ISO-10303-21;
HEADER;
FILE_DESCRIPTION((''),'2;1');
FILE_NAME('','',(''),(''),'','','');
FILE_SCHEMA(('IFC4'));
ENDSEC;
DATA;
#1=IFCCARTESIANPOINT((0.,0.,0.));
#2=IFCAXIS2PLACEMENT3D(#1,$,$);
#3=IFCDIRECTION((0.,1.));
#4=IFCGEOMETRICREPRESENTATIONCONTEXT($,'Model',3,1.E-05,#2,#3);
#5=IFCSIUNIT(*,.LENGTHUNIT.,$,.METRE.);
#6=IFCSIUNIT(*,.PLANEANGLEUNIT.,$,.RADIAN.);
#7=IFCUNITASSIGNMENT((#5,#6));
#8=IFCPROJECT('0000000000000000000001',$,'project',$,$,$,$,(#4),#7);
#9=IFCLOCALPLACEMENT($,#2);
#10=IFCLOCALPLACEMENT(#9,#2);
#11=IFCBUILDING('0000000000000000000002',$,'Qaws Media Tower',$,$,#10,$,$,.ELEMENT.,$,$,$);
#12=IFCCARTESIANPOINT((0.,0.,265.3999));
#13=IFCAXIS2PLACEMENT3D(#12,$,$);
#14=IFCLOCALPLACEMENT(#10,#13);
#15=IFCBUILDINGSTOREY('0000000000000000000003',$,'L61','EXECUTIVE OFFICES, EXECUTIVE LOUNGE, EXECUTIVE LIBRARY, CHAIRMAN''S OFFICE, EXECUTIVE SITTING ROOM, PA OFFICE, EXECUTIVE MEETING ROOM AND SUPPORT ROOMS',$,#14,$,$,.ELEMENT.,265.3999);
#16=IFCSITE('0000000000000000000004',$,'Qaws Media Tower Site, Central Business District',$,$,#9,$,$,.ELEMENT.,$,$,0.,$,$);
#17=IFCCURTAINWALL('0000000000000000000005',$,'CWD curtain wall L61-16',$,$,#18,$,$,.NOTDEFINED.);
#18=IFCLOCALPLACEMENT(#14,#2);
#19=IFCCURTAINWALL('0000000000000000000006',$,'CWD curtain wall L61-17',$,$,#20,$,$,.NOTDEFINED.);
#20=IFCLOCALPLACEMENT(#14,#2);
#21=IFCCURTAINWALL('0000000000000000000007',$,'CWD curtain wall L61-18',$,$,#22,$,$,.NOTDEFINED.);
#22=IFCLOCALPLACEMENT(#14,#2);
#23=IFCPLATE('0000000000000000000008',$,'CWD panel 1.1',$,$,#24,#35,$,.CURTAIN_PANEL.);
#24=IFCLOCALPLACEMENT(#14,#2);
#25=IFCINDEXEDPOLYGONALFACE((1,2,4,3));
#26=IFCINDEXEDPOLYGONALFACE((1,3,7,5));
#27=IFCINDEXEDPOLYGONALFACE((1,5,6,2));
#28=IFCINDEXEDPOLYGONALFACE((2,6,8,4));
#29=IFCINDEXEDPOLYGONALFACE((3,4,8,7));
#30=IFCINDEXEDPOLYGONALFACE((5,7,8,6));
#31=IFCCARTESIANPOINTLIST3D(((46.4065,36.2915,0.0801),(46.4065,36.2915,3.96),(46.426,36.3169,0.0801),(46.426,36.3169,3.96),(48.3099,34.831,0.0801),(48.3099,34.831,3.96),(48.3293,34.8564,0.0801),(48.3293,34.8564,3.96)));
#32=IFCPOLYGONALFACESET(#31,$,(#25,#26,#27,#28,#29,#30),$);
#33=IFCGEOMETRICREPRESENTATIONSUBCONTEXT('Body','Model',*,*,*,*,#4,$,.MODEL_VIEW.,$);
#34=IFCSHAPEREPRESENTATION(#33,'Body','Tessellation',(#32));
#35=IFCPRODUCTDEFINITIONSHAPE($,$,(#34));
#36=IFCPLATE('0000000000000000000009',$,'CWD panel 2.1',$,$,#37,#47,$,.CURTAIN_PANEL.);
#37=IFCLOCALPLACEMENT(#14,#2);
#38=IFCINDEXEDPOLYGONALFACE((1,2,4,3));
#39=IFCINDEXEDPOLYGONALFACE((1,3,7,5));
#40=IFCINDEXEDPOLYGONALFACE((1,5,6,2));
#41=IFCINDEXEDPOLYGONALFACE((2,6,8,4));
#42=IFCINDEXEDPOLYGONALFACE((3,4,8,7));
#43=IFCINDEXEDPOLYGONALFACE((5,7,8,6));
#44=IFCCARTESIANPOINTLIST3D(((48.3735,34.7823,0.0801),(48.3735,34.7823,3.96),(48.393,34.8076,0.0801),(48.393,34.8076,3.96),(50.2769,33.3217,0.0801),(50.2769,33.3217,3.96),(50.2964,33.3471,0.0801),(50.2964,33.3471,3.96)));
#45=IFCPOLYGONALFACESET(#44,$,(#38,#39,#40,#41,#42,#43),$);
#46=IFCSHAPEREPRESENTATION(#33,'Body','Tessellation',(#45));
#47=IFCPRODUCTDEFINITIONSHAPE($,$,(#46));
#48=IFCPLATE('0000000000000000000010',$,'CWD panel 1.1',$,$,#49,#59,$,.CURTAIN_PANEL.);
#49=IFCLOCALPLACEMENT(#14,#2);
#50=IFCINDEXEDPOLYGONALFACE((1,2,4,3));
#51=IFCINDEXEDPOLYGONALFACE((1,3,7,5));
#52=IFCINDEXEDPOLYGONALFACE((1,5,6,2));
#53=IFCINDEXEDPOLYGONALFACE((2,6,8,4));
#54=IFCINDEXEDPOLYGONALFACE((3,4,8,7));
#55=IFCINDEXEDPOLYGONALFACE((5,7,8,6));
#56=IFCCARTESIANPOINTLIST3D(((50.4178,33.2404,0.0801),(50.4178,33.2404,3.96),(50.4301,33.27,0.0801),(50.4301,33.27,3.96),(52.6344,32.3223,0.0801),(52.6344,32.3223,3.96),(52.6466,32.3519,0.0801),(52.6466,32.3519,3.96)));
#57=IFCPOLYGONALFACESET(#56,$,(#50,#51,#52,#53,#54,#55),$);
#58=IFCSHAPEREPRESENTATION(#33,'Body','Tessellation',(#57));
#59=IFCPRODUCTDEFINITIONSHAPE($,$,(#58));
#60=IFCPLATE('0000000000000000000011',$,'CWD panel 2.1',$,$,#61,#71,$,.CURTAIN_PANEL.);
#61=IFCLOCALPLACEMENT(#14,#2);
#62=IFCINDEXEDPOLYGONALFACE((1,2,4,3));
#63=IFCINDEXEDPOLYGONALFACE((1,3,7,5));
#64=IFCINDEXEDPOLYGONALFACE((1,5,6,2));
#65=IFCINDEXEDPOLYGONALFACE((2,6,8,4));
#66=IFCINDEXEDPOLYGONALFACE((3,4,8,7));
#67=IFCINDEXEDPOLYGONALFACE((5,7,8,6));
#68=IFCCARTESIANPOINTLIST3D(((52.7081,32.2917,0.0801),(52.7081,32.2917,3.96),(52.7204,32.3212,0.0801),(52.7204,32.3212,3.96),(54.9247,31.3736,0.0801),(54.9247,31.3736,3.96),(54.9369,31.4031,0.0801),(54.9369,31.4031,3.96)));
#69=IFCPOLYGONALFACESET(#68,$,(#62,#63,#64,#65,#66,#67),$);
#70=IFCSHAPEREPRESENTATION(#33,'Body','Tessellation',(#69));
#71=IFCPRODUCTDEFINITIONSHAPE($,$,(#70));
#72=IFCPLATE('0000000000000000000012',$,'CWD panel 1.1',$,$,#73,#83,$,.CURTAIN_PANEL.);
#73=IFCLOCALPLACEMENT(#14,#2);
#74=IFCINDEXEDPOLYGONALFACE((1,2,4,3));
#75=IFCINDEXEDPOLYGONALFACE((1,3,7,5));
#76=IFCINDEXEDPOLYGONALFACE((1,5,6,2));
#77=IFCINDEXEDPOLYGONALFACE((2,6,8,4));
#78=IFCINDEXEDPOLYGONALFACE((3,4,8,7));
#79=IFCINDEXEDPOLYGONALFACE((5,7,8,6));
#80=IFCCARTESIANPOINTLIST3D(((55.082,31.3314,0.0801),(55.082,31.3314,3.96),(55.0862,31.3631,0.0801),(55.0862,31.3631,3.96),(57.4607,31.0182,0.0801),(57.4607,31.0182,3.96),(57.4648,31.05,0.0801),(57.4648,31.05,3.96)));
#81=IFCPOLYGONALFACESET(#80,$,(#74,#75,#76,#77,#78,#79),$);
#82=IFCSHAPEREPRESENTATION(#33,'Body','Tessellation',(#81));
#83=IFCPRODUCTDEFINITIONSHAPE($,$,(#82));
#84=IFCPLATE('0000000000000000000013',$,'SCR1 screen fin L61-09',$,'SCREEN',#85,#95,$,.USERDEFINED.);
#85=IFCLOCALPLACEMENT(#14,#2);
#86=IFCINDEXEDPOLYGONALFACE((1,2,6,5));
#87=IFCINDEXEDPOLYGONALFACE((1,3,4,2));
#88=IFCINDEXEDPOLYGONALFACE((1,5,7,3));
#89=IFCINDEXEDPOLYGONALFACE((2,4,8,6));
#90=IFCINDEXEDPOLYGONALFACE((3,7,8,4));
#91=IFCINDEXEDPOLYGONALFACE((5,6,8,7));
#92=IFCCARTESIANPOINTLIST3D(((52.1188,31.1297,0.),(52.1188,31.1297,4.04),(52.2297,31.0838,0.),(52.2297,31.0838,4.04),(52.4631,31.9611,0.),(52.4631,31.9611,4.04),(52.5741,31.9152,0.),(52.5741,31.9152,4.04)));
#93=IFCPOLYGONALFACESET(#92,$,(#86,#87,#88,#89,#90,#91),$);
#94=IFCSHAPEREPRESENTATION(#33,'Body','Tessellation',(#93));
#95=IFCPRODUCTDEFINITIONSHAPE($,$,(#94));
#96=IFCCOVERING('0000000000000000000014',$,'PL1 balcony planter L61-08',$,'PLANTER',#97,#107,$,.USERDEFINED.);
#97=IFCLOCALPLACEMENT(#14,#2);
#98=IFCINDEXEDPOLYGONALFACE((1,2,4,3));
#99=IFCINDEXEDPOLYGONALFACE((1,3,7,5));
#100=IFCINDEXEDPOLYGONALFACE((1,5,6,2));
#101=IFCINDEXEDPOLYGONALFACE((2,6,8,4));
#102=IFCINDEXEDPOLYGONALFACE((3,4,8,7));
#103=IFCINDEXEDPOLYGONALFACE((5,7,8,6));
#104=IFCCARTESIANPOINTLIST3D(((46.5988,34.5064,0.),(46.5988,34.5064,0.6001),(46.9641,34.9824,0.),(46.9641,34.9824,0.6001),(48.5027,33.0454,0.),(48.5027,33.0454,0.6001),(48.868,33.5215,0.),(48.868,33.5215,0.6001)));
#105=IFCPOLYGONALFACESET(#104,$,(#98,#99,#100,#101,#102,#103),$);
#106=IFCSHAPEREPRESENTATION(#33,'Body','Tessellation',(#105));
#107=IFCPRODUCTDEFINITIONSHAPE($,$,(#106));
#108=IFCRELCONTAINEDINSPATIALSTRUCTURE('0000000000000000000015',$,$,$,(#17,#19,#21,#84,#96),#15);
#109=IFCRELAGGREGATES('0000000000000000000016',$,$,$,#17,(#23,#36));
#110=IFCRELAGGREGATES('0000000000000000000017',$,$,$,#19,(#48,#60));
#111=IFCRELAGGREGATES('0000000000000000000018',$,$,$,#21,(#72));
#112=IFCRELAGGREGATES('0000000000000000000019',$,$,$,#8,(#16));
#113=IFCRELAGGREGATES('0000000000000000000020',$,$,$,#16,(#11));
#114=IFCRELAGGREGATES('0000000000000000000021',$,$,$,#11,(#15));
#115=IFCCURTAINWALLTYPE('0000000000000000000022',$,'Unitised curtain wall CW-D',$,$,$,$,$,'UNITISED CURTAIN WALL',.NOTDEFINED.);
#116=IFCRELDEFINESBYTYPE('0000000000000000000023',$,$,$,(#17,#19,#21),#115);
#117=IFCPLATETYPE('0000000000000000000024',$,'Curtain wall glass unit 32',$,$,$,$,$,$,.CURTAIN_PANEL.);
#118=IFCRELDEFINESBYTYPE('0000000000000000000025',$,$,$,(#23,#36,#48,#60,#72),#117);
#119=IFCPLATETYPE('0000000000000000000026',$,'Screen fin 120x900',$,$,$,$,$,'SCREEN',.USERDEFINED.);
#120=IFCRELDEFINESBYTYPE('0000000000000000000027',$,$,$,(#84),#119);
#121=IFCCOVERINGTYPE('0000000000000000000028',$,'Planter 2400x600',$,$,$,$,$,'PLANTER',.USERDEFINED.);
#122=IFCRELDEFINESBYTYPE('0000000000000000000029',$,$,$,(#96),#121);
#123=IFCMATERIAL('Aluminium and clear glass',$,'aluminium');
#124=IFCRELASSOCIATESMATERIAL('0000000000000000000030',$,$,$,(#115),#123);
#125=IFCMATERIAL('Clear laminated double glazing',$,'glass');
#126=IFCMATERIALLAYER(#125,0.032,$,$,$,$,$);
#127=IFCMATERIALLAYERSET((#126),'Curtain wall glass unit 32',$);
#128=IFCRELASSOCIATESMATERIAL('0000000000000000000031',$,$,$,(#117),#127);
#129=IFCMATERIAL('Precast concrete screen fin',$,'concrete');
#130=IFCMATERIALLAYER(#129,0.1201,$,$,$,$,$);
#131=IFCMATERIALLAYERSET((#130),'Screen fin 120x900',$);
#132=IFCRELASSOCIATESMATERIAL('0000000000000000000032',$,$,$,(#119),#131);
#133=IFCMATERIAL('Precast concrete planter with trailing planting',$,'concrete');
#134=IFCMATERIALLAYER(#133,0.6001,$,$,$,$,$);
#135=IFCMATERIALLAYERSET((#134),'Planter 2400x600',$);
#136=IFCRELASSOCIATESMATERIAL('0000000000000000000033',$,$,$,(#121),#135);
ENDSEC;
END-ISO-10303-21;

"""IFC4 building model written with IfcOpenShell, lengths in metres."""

from ifc_helpers import new_model, si_unit, direction, frame, origin, origin_2d, place, context, subcontext, project, spatial, rectangle, extrude, material, layer, layer_set, type_object, element, aggregate, save


model = new_model("IFC4")

# Units and contexts
model_context = context("Model", 3, precision=1e-05, world=origin(), true_north=direction((0.0, 1.0)))
body_context = subcontext(model_context, "Body", "Model", "MODEL_VIEW")
ifc_project = project(units=[si_unit("LENGTHUNIT", "METRE"), si_unit("PLANEANGLEUNIT", "RADIAN")], contexts=[model_context])

# Site, building, storey
site_placement = place(None, origin())
site = spatial("IfcSite", under=ifc_project, at=site_placement, Name="Qaws Media Tower Site, Central Business District", CompositionType="ELEMENT", RefElevation=0.0)
building_placement = place(site_placement, origin())
building = spatial("IfcBuilding", under=site, at=building_placement, Name="Qaws Media Tower", CompositionType="ELEMENT")
storey_placement = place(building_placement, frame((0.0, 0.0, 265.3999)))
storey = spatial("IfcBuildingStorey", under=building, at=storey_placement, Name="L61", Description="EXECUTIVE OFFICES, EXECUTIVE LOUNGE, EXECUTIVE LIBRARY, CHAIRMAN'S OFFICE, EXECUTIVE SITTING ROOM, PA OFFICE, EXECUTIVE MEETING ROOM AND SUPPORT ROOMS", CompositionType="ELEMENT", Elevation=265.3999)

# Curtain walls
ifc_material_1 = material(Name="Aluminium and clear glass", Category="aluminium")
curtain_wall_type = type_object("IfcCurtainWallType", Name="Unitised curtain wall CW-D", ElementType="UNITISED CURTAIN WALL", PredefinedType="NOTDEFINED", material=ifc_material_1)
curtain_wall_1_placement = place(storey_placement, origin())
curtain_wall_1 = element("IfcCurtainWall", 1, at=curtain_wall_1_placement, inside=storey, type_object=curtain_wall_type, Name="CWD curtain wall L61-16", PredefinedType="NOTDEFINED")
curtain_wall_2_placement = place(storey_placement, origin())
curtain_wall_2 = element("IfcCurtainWall", 2, at=curtain_wall_2_placement, inside=storey, type_object=curtain_wall_type, Name="CWD curtain wall L61-17", PredefinedType="NOTDEFINED")

# Curtain wall
curtain_wall_3_placement = place(storey_placement, origin())
curtain_wall_3 = element("IfcCurtainWall", 3, at=curtain_wall_3_placement, inside=storey, type_object=curtain_wall_type, Name="CWD curtain wall L61-18", PredefinedType="NOTDEFINED")

# Plates
ifc_material_2 = material(Name="Clear laminated double glazing", Category="glass")
ifc_layer_1 = layer(ifc_material_2, 0.032)
ifc_layer_set_1 = layer_set([ifc_layer_1], Name="Curtain wall glass unit 32")
plate_type_1 = type_object("IfcPlateType", Name="Curtain wall glass unit 32", PredefinedType="CURTAIN_PANEL", material=ifc_layer_set_1)
plate_1_placement = place(storey_placement, frame((47.3679, 35.574, 0.0801), z_axis=(0.0, 0.0, 1.0), x_axis=(0.793353, -0.608761, 0.0)))
plate_1 = element("IfcPlate", 4, at=plate_1_placement, type_object=plate_type_1, Name="CWD panel 1.1", PredefinedType="CURTAIN_PANEL", context=body_context, shape_type="SweptSolid", body=[
    extrude(rectangle(XDim=2.3992, YDim=0.032, at=origin_2d()), origin(), (0.0, 0.0, 1.0), 3.8799),
])
plate_2_placement = place(storey_placement, frame((49.335, 34.0647, 0.0801), z_axis=(0.0, 0.0, 1.0), x_axis=(0.793353, -0.608761, 0.0)))
plate_2 = element("IfcPlate", 5, at=plate_2_placement, type_object=plate_type_1, Name="CWD panel 2.1", PredefinedType="CURTAIN_PANEL", context=body_context, shape_type="SweptSolid", body=[
    extrude(rectangle(XDim=2.3992, YDim=0.032, at=origin_2d()), origin(), (0.0, 0.0, 1.0), 3.8799),
])
aggregate(curtain_wall_1, [plate_1, plate_2])
plate_3_placement = place(storey_placement, frame((51.5322, 32.7961, 0.0801), z_axis=(0.0, 0.0, 1.0), x_axis=(0.92388, -0.382683, 0.0)))
plate_3 = element("IfcPlate", 6, at=plate_3_placement, type_object=plate_type_1, Name="CWD panel 1.1", PredefinedType="CURTAIN_PANEL", context=body_context, shape_type="SweptSolid", body=[
    extrude(rectangle(XDim=2.3992, YDim=0.032, at=origin_2d()), origin(), (0.0, 0.0, 1.0), 3.8799),
])
plate_4_placement = place(storey_placement, frame((53.8225, 31.8474, 0.0801), z_axis=(0.0, 0.0, 1.0), x_axis=(0.92388, -0.382683, 0.0)))
plate_4 = element("IfcPlate", 7, at=plate_4_placement, type_object=plate_type_1, Name="CWD panel 2.1", PredefinedType="CURTAIN_PANEL", context=body_context, shape_type="SweptSolid", body=[
    extrude(rectangle(XDim=2.3992, YDim=0.032, at=origin_2d()), origin(), (0.0, 0.0, 1.0), 3.8799),
])
aggregate(curtain_wall_2, [plate_3, plate_4])
plate_5_placement = place(storey_placement, frame((56.2734, 31.1907, 0.0801), z_axis=(0.0, 0.0, 1.0), x_axis=(0.991445, -0.130526, 0.0)))
plate_5 = element("IfcPlate", 8, at=plate_5_placement, type_object=plate_type_1, Name="CWD panel 1.1", PredefinedType="CURTAIN_PANEL", context=body_context, shape_type="SweptSolid", body=[
    extrude(rectangle(XDim=2.3992, YDim=0.032, at=origin_2d()), origin(), (0.0, 0.0, 1.0), 3.8799),
])
aggregate(curtain_wall_3, [plate_5])
ifc_material_3 = material(Name="Precast concrete screen fin", Category="concrete")
ifc_layer_2 = layer(ifc_material_3, 0.1201)
ifc_layer_set_2 = layer_set([ifc_layer_2], Name="Screen fin 120x900")
plate_type_2 = type_object("IfcPlateType", Name="Screen fin 120x900", ElementType="SCREEN", PredefinedType="USERDEFINED", material=ifc_layer_set_2)
plate_6_placement = place(storey_placement, frame((52.3464, 31.5225, 0.0), z_axis=(0.0, 0.0, 1.0), x_axis=(-0.382683, -0.92388, 0.0)))
element("IfcPlate", 9, at=plate_6_placement, inside=storey, type_object=plate_type_2, Name="SCR1 screen fin L61-09", ObjectType="SCREEN", PredefinedType="USERDEFINED", context=body_context, shape_type="SweptSolid", body=[
    extrude(rectangle(XDim=0.8999, YDim=0.1201, at=origin_2d()), origin(), (0.0, 0.0, 1.0), 4.04),
])

# Covering
ifc_material_4 = material(Name="Precast concrete planter with trailing planting", Category="concrete")
ifc_layer_3 = layer(ifc_material_4, 0.6001)
ifc_layer_set_3 = layer_set([ifc_layer_3], Name="Planter 2400x600")
covering_type = type_object("IfcCoveringType", Name="Planter 2400x600", ElementType="PLANTER", PredefinedType="USERDEFINED", material=ifc_layer_set_3)
covering_placement = place(storey_placement, frame((47.7334, 34.0139, 0.0), z_axis=(0.0, 0.0, 1.0), x_axis=(0.793353, -0.608761, 0.0)))
element("IfcCovering", 10, at=covering_placement, inside=storey, type_object=covering_type, Name="PL1 balcony planter L61-08", ObjectType="PLANTER", PredefinedType="USERDEFINED", context=body_context, shape_type="SweptSolid", body=[
    extrude(rectangle(XDim=2.3999, YDim=0.6001, at=origin_2d()), origin(), (0.0, 0.0, 1.0), 0.6001),
])

save(model, "model.ifc")
